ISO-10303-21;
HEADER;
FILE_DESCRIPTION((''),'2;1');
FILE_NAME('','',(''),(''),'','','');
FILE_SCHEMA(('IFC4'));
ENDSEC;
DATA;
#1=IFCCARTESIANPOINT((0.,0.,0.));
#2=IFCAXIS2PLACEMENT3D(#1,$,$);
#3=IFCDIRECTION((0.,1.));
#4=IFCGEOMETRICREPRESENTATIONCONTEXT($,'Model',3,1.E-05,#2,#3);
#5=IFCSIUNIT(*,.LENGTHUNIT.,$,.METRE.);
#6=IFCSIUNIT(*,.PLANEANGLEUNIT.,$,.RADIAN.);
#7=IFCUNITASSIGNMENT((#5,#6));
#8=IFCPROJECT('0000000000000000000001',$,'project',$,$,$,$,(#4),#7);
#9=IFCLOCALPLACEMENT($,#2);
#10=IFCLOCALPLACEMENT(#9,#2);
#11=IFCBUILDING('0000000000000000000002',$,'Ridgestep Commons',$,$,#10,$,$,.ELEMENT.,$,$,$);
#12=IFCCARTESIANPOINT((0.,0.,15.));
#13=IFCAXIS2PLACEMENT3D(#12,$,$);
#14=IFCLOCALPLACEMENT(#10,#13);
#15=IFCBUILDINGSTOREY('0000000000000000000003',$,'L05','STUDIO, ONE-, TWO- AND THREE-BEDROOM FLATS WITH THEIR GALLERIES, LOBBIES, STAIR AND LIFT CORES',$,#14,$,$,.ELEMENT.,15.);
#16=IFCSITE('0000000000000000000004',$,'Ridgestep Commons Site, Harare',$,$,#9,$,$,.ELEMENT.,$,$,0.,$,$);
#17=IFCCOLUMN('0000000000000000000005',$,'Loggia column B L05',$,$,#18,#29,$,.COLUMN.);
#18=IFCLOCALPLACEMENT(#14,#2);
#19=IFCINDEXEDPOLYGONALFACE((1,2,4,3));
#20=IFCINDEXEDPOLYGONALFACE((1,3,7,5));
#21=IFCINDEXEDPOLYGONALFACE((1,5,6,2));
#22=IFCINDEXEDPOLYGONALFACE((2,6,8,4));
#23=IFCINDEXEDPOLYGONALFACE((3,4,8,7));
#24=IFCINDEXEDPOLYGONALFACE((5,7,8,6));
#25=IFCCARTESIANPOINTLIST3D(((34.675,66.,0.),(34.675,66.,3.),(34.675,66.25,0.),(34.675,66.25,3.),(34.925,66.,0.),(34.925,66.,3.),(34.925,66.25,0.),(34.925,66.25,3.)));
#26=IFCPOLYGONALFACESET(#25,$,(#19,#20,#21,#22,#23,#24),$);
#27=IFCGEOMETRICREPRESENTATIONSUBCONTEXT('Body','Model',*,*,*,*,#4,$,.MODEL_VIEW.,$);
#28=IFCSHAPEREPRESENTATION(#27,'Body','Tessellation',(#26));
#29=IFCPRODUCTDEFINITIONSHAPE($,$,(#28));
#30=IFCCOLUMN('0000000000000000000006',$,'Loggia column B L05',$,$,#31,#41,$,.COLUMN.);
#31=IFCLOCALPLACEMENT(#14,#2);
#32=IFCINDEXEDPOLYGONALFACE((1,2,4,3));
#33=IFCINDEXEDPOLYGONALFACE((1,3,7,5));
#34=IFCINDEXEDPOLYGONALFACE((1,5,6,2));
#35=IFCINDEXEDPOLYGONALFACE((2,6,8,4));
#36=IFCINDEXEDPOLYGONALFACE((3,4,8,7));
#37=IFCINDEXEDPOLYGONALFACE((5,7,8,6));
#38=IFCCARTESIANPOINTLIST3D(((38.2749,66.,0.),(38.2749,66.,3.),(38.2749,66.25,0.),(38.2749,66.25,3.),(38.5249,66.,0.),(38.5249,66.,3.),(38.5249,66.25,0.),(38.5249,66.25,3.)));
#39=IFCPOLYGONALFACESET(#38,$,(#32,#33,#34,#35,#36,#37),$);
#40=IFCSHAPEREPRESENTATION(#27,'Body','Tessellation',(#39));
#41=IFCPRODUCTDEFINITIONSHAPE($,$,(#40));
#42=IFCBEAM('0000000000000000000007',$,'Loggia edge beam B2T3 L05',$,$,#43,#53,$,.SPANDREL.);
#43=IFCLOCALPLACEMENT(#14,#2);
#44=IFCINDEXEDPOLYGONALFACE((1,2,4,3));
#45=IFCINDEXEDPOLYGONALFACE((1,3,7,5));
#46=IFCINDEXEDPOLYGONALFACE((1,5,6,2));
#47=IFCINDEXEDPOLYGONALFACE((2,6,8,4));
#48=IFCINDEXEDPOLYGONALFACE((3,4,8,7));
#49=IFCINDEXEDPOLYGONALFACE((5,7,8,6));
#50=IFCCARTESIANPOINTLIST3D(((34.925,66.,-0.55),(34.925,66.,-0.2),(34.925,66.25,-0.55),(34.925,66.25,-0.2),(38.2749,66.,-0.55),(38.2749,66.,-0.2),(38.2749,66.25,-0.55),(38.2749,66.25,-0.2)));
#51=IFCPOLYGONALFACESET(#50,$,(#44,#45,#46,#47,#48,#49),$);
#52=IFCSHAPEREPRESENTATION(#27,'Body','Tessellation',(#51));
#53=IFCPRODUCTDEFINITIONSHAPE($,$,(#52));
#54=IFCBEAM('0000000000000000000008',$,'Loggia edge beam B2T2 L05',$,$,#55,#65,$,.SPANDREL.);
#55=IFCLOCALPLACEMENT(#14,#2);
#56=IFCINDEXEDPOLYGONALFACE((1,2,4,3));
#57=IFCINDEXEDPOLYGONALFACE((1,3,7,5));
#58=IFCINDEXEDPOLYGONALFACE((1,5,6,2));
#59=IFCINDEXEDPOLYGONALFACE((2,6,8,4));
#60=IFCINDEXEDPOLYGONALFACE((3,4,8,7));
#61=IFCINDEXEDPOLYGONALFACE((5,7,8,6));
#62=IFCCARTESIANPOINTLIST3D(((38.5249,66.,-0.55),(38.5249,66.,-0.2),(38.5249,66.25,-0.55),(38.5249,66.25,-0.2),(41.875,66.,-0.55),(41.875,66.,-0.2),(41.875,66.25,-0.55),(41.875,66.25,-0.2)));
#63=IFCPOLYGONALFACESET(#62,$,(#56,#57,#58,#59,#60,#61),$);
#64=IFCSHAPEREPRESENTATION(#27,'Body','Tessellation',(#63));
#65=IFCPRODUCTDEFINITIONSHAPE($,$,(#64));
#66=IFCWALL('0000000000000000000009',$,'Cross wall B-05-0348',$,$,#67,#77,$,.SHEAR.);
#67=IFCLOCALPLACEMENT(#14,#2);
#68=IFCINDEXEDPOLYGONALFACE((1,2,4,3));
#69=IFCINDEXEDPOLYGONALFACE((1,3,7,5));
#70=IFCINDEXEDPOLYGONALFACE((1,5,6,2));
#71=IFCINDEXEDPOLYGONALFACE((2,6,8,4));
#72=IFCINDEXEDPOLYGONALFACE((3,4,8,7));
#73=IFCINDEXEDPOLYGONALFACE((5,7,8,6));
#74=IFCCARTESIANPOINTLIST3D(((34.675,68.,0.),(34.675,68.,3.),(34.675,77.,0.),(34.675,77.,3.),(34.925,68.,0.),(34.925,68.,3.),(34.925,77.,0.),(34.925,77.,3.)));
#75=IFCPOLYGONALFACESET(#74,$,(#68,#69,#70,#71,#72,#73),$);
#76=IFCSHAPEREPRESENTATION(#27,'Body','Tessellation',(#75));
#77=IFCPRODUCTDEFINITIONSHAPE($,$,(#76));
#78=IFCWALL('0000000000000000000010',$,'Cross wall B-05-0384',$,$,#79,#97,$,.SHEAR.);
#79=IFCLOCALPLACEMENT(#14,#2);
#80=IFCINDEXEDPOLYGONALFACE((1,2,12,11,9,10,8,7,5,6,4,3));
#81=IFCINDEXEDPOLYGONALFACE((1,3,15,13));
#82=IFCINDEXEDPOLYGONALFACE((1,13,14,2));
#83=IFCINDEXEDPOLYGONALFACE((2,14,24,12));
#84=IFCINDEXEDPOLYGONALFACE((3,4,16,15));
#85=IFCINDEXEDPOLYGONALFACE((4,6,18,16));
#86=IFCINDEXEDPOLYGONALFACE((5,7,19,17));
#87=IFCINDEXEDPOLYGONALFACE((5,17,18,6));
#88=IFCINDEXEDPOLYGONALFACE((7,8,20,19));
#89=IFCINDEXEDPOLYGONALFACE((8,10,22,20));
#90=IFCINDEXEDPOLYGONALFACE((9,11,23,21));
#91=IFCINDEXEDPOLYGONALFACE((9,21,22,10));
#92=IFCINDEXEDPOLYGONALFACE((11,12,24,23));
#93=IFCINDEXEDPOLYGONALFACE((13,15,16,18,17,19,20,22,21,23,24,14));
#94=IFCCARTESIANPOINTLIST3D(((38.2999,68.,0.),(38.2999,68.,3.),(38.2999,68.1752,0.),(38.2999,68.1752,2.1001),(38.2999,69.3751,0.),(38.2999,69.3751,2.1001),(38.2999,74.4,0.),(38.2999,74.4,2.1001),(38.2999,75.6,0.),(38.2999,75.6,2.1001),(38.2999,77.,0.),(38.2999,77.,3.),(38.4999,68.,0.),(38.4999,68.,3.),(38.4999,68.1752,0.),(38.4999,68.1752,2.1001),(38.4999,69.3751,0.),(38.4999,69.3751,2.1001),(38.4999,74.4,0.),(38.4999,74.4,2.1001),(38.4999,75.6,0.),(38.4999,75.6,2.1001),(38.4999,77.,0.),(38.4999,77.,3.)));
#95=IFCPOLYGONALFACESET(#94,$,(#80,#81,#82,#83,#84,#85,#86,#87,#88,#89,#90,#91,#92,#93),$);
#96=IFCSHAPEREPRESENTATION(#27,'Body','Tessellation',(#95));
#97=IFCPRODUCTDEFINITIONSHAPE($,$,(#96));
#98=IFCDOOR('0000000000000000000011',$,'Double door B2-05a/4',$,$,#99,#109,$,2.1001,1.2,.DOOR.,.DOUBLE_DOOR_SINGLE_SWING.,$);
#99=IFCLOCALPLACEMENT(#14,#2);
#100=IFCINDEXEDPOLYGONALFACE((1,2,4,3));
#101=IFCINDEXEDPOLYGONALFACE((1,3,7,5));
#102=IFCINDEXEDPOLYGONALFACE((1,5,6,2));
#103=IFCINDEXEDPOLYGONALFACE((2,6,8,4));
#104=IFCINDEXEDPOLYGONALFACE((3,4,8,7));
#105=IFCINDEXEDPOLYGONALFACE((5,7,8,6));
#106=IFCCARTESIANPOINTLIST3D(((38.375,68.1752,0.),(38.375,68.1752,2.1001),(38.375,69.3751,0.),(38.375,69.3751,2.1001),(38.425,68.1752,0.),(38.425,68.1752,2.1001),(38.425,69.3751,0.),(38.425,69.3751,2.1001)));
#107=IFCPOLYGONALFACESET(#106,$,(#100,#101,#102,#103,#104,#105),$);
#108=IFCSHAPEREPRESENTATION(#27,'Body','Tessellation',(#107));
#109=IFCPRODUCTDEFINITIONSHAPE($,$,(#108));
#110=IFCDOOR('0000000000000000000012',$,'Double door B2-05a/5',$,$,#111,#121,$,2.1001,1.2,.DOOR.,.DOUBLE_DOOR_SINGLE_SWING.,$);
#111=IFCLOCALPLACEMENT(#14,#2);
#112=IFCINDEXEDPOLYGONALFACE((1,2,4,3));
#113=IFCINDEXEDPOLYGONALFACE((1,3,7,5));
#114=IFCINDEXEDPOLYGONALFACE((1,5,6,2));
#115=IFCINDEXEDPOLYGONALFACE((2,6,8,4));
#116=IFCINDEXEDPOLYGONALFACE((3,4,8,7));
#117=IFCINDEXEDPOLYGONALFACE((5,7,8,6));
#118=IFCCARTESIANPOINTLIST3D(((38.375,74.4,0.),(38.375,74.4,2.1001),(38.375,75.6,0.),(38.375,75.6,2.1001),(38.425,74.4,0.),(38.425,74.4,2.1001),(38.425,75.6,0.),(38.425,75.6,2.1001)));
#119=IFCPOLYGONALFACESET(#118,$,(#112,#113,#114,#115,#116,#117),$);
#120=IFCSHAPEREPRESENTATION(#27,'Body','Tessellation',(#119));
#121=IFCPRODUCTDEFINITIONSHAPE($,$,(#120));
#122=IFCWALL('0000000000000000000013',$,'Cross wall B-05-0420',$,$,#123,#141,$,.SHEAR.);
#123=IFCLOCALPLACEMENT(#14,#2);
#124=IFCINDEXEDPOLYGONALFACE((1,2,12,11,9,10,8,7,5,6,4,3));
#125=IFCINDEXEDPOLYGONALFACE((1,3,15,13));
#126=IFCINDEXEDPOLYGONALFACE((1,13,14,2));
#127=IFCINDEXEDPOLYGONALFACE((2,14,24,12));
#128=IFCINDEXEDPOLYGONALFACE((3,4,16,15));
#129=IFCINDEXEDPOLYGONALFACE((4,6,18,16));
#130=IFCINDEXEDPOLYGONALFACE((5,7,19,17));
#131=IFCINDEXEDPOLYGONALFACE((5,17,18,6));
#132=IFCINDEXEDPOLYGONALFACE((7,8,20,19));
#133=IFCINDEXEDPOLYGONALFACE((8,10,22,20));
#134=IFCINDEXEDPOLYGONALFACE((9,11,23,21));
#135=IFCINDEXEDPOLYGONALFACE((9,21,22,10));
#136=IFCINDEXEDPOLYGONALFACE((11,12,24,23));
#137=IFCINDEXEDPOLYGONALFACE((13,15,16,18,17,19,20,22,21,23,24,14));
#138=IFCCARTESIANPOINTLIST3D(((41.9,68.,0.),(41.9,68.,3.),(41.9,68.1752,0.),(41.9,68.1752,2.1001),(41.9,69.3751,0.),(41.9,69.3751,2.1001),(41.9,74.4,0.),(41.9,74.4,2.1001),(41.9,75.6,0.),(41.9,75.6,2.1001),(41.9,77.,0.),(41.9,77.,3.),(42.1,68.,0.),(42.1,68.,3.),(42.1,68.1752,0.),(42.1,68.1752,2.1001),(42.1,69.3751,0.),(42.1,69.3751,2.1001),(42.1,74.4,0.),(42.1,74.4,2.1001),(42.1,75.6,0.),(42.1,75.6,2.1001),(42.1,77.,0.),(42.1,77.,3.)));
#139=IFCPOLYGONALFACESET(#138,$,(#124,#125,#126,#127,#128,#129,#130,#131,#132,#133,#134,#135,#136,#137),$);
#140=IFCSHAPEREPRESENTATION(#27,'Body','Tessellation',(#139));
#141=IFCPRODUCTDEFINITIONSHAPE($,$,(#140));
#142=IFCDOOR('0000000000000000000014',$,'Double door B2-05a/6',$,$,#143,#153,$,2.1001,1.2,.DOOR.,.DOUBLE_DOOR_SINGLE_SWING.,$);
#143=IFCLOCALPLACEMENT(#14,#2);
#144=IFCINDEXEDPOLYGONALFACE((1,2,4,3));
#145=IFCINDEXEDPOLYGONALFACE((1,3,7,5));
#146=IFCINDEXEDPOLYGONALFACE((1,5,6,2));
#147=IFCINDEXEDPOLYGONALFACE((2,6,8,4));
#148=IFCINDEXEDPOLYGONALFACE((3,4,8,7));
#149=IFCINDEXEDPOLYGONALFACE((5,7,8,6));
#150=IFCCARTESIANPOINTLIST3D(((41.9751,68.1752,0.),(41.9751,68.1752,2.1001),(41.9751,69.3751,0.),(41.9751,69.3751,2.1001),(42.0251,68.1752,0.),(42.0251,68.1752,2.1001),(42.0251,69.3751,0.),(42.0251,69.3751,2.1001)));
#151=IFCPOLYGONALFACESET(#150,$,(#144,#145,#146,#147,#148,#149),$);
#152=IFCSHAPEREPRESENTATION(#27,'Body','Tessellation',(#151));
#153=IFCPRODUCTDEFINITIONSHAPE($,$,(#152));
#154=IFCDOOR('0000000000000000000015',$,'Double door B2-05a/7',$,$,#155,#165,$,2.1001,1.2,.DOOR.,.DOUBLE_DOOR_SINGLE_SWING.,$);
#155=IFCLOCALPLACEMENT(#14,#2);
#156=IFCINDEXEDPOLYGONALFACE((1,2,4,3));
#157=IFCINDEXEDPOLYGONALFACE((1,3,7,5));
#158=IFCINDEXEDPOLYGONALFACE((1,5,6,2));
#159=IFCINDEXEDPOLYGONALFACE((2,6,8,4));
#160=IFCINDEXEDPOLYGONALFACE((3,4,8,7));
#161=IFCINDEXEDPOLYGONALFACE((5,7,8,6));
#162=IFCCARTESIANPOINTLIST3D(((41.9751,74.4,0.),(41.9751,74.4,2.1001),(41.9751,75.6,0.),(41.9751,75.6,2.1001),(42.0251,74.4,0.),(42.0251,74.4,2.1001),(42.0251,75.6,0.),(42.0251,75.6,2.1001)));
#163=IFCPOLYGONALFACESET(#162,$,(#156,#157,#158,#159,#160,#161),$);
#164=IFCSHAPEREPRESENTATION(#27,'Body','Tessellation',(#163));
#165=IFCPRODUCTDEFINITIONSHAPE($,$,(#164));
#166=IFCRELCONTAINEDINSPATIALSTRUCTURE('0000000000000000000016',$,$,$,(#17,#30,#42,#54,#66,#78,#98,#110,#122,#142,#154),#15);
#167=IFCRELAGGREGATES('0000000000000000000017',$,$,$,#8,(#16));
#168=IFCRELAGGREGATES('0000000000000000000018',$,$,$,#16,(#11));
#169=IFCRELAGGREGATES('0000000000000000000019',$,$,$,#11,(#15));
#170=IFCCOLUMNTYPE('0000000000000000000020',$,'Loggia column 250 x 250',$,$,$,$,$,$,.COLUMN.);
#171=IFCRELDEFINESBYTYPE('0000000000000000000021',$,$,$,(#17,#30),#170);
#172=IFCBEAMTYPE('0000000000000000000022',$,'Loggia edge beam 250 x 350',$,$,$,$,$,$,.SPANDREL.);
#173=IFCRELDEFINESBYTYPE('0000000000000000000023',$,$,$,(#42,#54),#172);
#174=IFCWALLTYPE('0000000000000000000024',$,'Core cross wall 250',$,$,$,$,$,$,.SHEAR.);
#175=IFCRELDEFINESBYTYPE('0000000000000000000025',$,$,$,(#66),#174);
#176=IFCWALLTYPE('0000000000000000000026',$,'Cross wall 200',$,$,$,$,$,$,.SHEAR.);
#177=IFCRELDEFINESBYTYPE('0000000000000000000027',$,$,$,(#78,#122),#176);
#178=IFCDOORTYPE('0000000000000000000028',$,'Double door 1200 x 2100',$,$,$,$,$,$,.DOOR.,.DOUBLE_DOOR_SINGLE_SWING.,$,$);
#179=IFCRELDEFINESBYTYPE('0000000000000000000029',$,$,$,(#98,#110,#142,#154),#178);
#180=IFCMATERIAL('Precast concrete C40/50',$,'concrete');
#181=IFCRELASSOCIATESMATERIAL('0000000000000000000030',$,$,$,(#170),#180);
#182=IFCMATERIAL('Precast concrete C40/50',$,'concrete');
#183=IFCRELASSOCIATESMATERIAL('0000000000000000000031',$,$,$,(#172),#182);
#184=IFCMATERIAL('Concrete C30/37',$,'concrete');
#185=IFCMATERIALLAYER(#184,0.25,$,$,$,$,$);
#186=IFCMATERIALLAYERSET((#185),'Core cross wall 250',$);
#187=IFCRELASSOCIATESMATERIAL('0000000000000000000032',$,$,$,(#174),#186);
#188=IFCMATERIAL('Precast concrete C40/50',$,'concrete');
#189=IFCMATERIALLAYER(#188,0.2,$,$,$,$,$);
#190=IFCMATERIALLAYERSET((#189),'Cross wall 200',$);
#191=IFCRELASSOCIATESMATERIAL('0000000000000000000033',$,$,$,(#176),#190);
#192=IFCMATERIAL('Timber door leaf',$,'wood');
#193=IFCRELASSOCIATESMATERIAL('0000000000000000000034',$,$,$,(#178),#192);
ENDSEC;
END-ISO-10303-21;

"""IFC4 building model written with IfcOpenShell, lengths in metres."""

from ifc_helpers import new_model, si_unit, direction, frame, frame_2d, origin, origin_2d, place, context, subcontext, project, spatial, rectangle, extrude, material, layer, layer_set, material_profile, profile_set, type_object, element, fill, save


model = new_model("IFC4")

# Units and contexts
model_context = context("Model", 3, precision=1e-05, world=origin(), true_north=direction((0.0, 1.0)))
body_context = subcontext(model_context, "Body", "Model", "MODEL_VIEW")
ifc_project = project(units=[si_unit("LENGTHUNIT", "METRE"), si_unit("PLANEANGLEUNIT", "RADIAN")], contexts=[model_context])

# Site, building, storey
site_placement = place(None, origin())
site = spatial("IfcSite", under=ifc_project, at=site_placement, Name="Ridgestep Commons Site, Harare", CompositionType="ELEMENT", RefElevation=0.0)
building_placement = place(site_placement, origin())
building = spatial("IfcBuilding", under=site, at=building_placement, Name="Ridgestep Commons", CompositionType="ELEMENT")
storey_placement = place(building_placement, frame((0.0, 0.0, 15.0)))
storey = spatial("IfcBuildingStorey", under=building, at=storey_placement, Name="L05", Description="STUDIO, ONE-, TWO- AND THREE-BEDROOM FLATS WITH THEIR GALLERIES, LOBBIES, STAIR AND LIFT CORES", CompositionType="ELEMENT", Elevation=15.0)

# Columns
ifc_material_1 = material(Name="Precast concrete C40/50", Category="concrete")
ifc_material_profile_1 = material_profile(ifc_material_1, rectangle(XDim=0.25, YDim=0.25, at=origin_2d()), Name="PC 250x250")
ifc_profile_set_1 = profile_set([ifc_material_profile_1], Name="Precast concrete C40/50")
column_type = type_object("IfcColumnType", Name="Loggia column 250 x 250", PredefinedType="COLUMN", material=ifc_profile_set_1)
for number, where, z_axis, x_axis, name in (
    (1, (34.8, 66.125, 0.0), (0.0, 0.0, 1.0), (1.0, 0.0, 0.0), "Loggia column B L05"),
    (2, (38.3999, 66.125, 0.0), (0.0, 0.0, 1.0), (1.0, 0.0, 0.0), "Loggia column B L05"),
):
    element("IfcColumn", number, at=place(storey_placement, frame(where, z_axis=z_axis, x_axis=x_axis)), inside=storey, type_object=column_type, Name=name, PredefinedType="COLUMN", context=body_context, shape_type="SweptSolid", body=[
        extrude(rectangle(XDim=0.25, YDim=0.25, at=origin_2d()), origin(), (0.0, 0.0, 1.0), 3.0),
    ])

# Beams
ifc_material_2 = material(Name="Precast concrete C40/50", Category="concrete")
ifc_material_profile_2 = material_profile(ifc_material_2, rectangle(XDim=0.25, YDim=0.3501, at=origin_2d()), Name="PC 250x350")
ifc_profile_set_2 = profile_set([ifc_material_profile_2], Name="Precast concrete C40/50")
beam_type = type_object("IfcBeamType", Name="Loggia edge beam 250 x 350", PredefinedType="SPANDREL", material=ifc_profile_set_2)
beam_1_placement = place(storey_placement, frame((34.925, 66.125, -0.375), z_axis=(1.0, 0.0, 0.0), x_axis=(0.0, 1.0, 0.0)))
element("IfcBeam", 3, at=beam_1_placement, inside=storey, type_object=beam_type, Name="Loggia edge beam B2T3 L05", PredefinedType="SPANDREL", context=body_context, shape_type="SweptSolid", body=[
    extrude(rectangle(XDim=0.25, YDim=0.3501, at=origin_2d()), origin(), (0.0, 0.0, 1.0), 3.3499),
])
beam_2_placement = place(storey_placement, frame((38.5249, 66.125, -0.375), z_axis=(1.0, 0.0, 0.0), x_axis=(0.0, 1.0, 0.0)))
element("IfcBeam", 4, at=beam_2_placement, inside=storey, type_object=beam_type, Name="Loggia edge beam B2T2 L05", PredefinedType="SPANDREL", context=body_context, shape_type="SweptSolid", body=[
    extrude(rectangle(XDim=0.25, YDim=0.3501, at=origin_2d()), origin(), (0.0, 0.0, 1.0), 3.3501),
])

# Wall
ifc_material_3 = material(Name="Concrete C30/37", Category="concrete")
ifc_layer_1 = layer(ifc_material_3, 0.25)
ifc_layer_set_1 = layer_set([ifc_layer_1], Name="Core cross wall 250")
wall_type_1 = type_object("IfcWallType", Name="Core cross wall 250", PredefinedType="SHEAR", material=ifc_layer_set_1)
wall_1_placement = place(storey_placement, frame((34.8, 68.0, 0.0), z_axis=(0.0, 0.0, 1.0), x_axis=(0.0, 1.0, 0.0)))
element("IfcWall", 5, at=wall_1_placement, inside=storey, type_object=wall_type_1, Name="Cross wall B-05-0348", PredefinedType="SHEAR", context=body_context, shape_type="SweptSolid", body=[
    extrude(rectangle(XDim=9.0, YDim=0.25, at=frame_2d((4.5, 0.0))), origin(), (0.0, 0.0, 1.0), 3.0),
])

# Walls, openings, doors
ifc_material_4 = material(Name="Precast concrete C40/50", Category="concrete")
ifc_layer_2 = layer(ifc_material_4, 0.2)
ifc_layer_set_2 = layer_set([ifc_layer_2], Name="Cross wall 200")
wall_type_2 = type_object("IfcWallType", Name="Cross wall 200", PredefinedType="SHEAR", material=ifc_layer_set_2)
wall_2_placement = place(storey_placement, frame((38.3999, 68.0, 0.0), z_axis=(0.0, 0.0, 1.0), x_axis=(0.0, 1.0, 0.0)))
wall_2 = element("IfcWall", 6, at=wall_2_placement, inside=storey, type_object=wall_type_2, Name="Cross wall B-05-0384", PredefinedType="SHEAR", context=body_context, shape_type="SweptSolid", body=[
    extrude(rectangle(XDim=9.0, YDim=0.2, at=frame_2d((4.5, 0.0))), origin(), (0.0, 0.0, 1.0), 3.0),
])
opening_1_placement = place(wall_2_placement, frame((0.175, 0.0, 0.0)))
opening_1 = element("IfcOpeningElement", 7, at=opening_1_placement, cuts=wall_2, PredefinedType="OPENING", context=body_context, shape_type="SweptSolid", body=[
    extrude(rectangle(XDim=1.2, YDim=2.1001, at=frame_2d((0.6001, 1.05))), frame((0.0, 0.1099, 0.0), z_axis=(0.0, -1.0, 0.0), x_axis=(1.0, 0.0, 0.0)), (0.0, 0.0, 1.0), 0.22),
])
opening_2_placement = place(wall_2_placement, frame((6.3999, 0.0, 0.0)))
opening_2 = element("IfcOpeningElement", 8, at=opening_2_placement, cuts=wall_2, PredefinedType="OPENING", context=body_context, shape_type="SweptSolid", body=[
    extrude(rectangle(XDim=1.2, YDim=2.1001, at=frame_2d((0.6001, 1.05))), frame((0.0, 0.1099, 0.0), z_axis=(0.0, -1.0, 0.0), x_axis=(1.0, 0.0, 0.0)), (0.0, 0.0, 1.0), 0.22),
])
ifc_material_5 = material(Name="Timber door leaf", Category="wood")
door_type_1 = type_object("IfcDoorType", Name="Double door 1200 x 2100", OperationType="DOUBLE_DOOR_SINGLE_SWING", PredefinedType="DOOR", material=ifc_material_5)
door_1_placement = place(opening_1_placement, origin())
door_1 = element("IfcDoor", 9, at=door_1_placement, inside=storey, type_object=door_type_1, Name="Double door B2-05a/4", OperationType="DOUBLE_DOOR_SINGLE_SWING", OverallHeight=2.1001, OverallWidth=1.2, PredefinedType="DOOR", context=body_context, shape_type="SweptSolid", body=[
    extrude(rectangle(XDim=1.2, YDim=2.1001, at=frame_2d((0.6001, 1.05))), frame((0.0, 0.0249, 0.0), z_axis=(0.0, -1.0, 0.0), x_axis=(1.0, 0.0, 0.0)), (0.0, 0.0, 1.0), 0.05),
])
fill(opening_1, door_1)
door_2_placement = place(opening_2_placement, origin())
door_2 = element("IfcDoor", 10, at=door_2_placement, inside=storey, type_object=door_type_1, Name="Double door B2-05a/5", OperationType="DOUBLE_DOOR_SINGLE_SWING", OverallHeight=2.1001, OverallWidth=1.2, PredefinedType="DOOR", context=body_context, shape_type="SweptSolid", body=[
    extrude(rectangle(XDim=1.2, YDim=2.1001, at=frame_2d((0.6001, 1.05))), frame((0.0, 0.0249, 0.0), z_axis=(0.0, -1.0, 0.0), x_axis=(1.0, 0.0, 0.0)), (0.0, 0.0, 1.0), 0.05),
])
fill(opening_2, door_2)
wall_3_placement = place(storey_placement, frame((42.0, 68.0, 0.0), z_axis=(0.0, 0.0, 1.0), x_axis=(0.0, 1.0, 0.0)))
wall_3 = element("IfcWall", 11, at=wall_3_placement, inside=storey, type_object=wall_type_2, Name="Cross wall B-05-0420", PredefinedType="SHEAR", context=body_context, shape_type="SweptSolid", body=[
    extrude(rectangle(XDim=9.0, YDim=0.2, at=frame_2d((4.5, 0.0))), origin(), (0.0, 0.0, 1.0), 3.0),
])
opening_3_placement = place(wall_3_placement, frame((0.175, 0.0, 0.0)))
opening_3 = element("IfcOpeningElement", 12, at=opening_3_placement, cuts=wall_3, PredefinedType="OPENING", context=body_context, shape_type="SweptSolid", body=[
    extrude(rectangle(XDim=1.2, YDim=2.1001, at=frame_2d((0.6001, 1.05))), frame((0.0, 0.1099, 0.0), z_axis=(0.0, -1.0, 0.0), x_axis=(1.0, 0.0, 0.0)), (0.0, 0.0, 1.0), 0.22),
])
opening_4_placement = place(wall_3_placement, frame((6.3999, 0.0, 0.0)))
opening_4 = element("IfcOpeningElement", 13, at=opening_4_placement, cuts=wall_3, PredefinedType="OPENING", context=body_context, shape_type="SweptSolid", body=[
    extrude(rectangle(XDim=1.2, YDim=2.1001, at=frame_2d((0.6001, 1.05))), frame((0.0, 0.1099, 0.0), z_axis=(0.0, -1.0, 0.0), x_axis=(1.0, 0.0, 0.0)), (0.0, 0.0, 1.0), 0.22),
])
door_3_placement = place(opening_3_placement, origin())
door_3 = element("IfcDoor", 14, at=door_3_placement, inside=storey, type_object=door_type_1, Name="Double door B2-05a/6", OperationType="DOUBLE_DOOR_SINGLE_SWING", OverallHeight=2.1001, OverallWidth=1.2, PredefinedType="DOOR", context=body_context, shape_type="SweptSolid", body=[
    extrude(rectangle(XDim=1.2, YDim=2.1001, at=frame_2d((0.6001, 1.05))), frame((0.0, 0.0249, 0.0), z_axis=(0.0, -1.0, 0.0), x_axis=(1.0, 0.0, 0.0)), (0.0, 0.0, 1.0), 0.05),
])
fill(opening_3, door_3)
door_4_placement = place(opening_4_placement, origin())
door_4 = element("IfcDoor", 15, at=door_4_placement, inside=storey, type_object=door_type_1, Name="Double door B2-05a/7", OperationType="DOUBLE_DOOR_SINGLE_SWING", OverallHeight=2.1001, OverallWidth=1.2, PredefinedType="DOOR", context=body_context, shape_type="SweptSolid", body=[
    extrude(rectangle(XDim=1.2, YDim=2.1001, at=frame_2d((0.6001, 1.05))), frame((0.0, 0.0249, 0.0), z_axis=(0.0, -1.0, 0.0), x_axis=(1.0, 0.0, 0.0)), (0.0, 0.0, 1.0), 0.05),
])
fill(opening_4, door_4)

save(model, "model.ifc")
